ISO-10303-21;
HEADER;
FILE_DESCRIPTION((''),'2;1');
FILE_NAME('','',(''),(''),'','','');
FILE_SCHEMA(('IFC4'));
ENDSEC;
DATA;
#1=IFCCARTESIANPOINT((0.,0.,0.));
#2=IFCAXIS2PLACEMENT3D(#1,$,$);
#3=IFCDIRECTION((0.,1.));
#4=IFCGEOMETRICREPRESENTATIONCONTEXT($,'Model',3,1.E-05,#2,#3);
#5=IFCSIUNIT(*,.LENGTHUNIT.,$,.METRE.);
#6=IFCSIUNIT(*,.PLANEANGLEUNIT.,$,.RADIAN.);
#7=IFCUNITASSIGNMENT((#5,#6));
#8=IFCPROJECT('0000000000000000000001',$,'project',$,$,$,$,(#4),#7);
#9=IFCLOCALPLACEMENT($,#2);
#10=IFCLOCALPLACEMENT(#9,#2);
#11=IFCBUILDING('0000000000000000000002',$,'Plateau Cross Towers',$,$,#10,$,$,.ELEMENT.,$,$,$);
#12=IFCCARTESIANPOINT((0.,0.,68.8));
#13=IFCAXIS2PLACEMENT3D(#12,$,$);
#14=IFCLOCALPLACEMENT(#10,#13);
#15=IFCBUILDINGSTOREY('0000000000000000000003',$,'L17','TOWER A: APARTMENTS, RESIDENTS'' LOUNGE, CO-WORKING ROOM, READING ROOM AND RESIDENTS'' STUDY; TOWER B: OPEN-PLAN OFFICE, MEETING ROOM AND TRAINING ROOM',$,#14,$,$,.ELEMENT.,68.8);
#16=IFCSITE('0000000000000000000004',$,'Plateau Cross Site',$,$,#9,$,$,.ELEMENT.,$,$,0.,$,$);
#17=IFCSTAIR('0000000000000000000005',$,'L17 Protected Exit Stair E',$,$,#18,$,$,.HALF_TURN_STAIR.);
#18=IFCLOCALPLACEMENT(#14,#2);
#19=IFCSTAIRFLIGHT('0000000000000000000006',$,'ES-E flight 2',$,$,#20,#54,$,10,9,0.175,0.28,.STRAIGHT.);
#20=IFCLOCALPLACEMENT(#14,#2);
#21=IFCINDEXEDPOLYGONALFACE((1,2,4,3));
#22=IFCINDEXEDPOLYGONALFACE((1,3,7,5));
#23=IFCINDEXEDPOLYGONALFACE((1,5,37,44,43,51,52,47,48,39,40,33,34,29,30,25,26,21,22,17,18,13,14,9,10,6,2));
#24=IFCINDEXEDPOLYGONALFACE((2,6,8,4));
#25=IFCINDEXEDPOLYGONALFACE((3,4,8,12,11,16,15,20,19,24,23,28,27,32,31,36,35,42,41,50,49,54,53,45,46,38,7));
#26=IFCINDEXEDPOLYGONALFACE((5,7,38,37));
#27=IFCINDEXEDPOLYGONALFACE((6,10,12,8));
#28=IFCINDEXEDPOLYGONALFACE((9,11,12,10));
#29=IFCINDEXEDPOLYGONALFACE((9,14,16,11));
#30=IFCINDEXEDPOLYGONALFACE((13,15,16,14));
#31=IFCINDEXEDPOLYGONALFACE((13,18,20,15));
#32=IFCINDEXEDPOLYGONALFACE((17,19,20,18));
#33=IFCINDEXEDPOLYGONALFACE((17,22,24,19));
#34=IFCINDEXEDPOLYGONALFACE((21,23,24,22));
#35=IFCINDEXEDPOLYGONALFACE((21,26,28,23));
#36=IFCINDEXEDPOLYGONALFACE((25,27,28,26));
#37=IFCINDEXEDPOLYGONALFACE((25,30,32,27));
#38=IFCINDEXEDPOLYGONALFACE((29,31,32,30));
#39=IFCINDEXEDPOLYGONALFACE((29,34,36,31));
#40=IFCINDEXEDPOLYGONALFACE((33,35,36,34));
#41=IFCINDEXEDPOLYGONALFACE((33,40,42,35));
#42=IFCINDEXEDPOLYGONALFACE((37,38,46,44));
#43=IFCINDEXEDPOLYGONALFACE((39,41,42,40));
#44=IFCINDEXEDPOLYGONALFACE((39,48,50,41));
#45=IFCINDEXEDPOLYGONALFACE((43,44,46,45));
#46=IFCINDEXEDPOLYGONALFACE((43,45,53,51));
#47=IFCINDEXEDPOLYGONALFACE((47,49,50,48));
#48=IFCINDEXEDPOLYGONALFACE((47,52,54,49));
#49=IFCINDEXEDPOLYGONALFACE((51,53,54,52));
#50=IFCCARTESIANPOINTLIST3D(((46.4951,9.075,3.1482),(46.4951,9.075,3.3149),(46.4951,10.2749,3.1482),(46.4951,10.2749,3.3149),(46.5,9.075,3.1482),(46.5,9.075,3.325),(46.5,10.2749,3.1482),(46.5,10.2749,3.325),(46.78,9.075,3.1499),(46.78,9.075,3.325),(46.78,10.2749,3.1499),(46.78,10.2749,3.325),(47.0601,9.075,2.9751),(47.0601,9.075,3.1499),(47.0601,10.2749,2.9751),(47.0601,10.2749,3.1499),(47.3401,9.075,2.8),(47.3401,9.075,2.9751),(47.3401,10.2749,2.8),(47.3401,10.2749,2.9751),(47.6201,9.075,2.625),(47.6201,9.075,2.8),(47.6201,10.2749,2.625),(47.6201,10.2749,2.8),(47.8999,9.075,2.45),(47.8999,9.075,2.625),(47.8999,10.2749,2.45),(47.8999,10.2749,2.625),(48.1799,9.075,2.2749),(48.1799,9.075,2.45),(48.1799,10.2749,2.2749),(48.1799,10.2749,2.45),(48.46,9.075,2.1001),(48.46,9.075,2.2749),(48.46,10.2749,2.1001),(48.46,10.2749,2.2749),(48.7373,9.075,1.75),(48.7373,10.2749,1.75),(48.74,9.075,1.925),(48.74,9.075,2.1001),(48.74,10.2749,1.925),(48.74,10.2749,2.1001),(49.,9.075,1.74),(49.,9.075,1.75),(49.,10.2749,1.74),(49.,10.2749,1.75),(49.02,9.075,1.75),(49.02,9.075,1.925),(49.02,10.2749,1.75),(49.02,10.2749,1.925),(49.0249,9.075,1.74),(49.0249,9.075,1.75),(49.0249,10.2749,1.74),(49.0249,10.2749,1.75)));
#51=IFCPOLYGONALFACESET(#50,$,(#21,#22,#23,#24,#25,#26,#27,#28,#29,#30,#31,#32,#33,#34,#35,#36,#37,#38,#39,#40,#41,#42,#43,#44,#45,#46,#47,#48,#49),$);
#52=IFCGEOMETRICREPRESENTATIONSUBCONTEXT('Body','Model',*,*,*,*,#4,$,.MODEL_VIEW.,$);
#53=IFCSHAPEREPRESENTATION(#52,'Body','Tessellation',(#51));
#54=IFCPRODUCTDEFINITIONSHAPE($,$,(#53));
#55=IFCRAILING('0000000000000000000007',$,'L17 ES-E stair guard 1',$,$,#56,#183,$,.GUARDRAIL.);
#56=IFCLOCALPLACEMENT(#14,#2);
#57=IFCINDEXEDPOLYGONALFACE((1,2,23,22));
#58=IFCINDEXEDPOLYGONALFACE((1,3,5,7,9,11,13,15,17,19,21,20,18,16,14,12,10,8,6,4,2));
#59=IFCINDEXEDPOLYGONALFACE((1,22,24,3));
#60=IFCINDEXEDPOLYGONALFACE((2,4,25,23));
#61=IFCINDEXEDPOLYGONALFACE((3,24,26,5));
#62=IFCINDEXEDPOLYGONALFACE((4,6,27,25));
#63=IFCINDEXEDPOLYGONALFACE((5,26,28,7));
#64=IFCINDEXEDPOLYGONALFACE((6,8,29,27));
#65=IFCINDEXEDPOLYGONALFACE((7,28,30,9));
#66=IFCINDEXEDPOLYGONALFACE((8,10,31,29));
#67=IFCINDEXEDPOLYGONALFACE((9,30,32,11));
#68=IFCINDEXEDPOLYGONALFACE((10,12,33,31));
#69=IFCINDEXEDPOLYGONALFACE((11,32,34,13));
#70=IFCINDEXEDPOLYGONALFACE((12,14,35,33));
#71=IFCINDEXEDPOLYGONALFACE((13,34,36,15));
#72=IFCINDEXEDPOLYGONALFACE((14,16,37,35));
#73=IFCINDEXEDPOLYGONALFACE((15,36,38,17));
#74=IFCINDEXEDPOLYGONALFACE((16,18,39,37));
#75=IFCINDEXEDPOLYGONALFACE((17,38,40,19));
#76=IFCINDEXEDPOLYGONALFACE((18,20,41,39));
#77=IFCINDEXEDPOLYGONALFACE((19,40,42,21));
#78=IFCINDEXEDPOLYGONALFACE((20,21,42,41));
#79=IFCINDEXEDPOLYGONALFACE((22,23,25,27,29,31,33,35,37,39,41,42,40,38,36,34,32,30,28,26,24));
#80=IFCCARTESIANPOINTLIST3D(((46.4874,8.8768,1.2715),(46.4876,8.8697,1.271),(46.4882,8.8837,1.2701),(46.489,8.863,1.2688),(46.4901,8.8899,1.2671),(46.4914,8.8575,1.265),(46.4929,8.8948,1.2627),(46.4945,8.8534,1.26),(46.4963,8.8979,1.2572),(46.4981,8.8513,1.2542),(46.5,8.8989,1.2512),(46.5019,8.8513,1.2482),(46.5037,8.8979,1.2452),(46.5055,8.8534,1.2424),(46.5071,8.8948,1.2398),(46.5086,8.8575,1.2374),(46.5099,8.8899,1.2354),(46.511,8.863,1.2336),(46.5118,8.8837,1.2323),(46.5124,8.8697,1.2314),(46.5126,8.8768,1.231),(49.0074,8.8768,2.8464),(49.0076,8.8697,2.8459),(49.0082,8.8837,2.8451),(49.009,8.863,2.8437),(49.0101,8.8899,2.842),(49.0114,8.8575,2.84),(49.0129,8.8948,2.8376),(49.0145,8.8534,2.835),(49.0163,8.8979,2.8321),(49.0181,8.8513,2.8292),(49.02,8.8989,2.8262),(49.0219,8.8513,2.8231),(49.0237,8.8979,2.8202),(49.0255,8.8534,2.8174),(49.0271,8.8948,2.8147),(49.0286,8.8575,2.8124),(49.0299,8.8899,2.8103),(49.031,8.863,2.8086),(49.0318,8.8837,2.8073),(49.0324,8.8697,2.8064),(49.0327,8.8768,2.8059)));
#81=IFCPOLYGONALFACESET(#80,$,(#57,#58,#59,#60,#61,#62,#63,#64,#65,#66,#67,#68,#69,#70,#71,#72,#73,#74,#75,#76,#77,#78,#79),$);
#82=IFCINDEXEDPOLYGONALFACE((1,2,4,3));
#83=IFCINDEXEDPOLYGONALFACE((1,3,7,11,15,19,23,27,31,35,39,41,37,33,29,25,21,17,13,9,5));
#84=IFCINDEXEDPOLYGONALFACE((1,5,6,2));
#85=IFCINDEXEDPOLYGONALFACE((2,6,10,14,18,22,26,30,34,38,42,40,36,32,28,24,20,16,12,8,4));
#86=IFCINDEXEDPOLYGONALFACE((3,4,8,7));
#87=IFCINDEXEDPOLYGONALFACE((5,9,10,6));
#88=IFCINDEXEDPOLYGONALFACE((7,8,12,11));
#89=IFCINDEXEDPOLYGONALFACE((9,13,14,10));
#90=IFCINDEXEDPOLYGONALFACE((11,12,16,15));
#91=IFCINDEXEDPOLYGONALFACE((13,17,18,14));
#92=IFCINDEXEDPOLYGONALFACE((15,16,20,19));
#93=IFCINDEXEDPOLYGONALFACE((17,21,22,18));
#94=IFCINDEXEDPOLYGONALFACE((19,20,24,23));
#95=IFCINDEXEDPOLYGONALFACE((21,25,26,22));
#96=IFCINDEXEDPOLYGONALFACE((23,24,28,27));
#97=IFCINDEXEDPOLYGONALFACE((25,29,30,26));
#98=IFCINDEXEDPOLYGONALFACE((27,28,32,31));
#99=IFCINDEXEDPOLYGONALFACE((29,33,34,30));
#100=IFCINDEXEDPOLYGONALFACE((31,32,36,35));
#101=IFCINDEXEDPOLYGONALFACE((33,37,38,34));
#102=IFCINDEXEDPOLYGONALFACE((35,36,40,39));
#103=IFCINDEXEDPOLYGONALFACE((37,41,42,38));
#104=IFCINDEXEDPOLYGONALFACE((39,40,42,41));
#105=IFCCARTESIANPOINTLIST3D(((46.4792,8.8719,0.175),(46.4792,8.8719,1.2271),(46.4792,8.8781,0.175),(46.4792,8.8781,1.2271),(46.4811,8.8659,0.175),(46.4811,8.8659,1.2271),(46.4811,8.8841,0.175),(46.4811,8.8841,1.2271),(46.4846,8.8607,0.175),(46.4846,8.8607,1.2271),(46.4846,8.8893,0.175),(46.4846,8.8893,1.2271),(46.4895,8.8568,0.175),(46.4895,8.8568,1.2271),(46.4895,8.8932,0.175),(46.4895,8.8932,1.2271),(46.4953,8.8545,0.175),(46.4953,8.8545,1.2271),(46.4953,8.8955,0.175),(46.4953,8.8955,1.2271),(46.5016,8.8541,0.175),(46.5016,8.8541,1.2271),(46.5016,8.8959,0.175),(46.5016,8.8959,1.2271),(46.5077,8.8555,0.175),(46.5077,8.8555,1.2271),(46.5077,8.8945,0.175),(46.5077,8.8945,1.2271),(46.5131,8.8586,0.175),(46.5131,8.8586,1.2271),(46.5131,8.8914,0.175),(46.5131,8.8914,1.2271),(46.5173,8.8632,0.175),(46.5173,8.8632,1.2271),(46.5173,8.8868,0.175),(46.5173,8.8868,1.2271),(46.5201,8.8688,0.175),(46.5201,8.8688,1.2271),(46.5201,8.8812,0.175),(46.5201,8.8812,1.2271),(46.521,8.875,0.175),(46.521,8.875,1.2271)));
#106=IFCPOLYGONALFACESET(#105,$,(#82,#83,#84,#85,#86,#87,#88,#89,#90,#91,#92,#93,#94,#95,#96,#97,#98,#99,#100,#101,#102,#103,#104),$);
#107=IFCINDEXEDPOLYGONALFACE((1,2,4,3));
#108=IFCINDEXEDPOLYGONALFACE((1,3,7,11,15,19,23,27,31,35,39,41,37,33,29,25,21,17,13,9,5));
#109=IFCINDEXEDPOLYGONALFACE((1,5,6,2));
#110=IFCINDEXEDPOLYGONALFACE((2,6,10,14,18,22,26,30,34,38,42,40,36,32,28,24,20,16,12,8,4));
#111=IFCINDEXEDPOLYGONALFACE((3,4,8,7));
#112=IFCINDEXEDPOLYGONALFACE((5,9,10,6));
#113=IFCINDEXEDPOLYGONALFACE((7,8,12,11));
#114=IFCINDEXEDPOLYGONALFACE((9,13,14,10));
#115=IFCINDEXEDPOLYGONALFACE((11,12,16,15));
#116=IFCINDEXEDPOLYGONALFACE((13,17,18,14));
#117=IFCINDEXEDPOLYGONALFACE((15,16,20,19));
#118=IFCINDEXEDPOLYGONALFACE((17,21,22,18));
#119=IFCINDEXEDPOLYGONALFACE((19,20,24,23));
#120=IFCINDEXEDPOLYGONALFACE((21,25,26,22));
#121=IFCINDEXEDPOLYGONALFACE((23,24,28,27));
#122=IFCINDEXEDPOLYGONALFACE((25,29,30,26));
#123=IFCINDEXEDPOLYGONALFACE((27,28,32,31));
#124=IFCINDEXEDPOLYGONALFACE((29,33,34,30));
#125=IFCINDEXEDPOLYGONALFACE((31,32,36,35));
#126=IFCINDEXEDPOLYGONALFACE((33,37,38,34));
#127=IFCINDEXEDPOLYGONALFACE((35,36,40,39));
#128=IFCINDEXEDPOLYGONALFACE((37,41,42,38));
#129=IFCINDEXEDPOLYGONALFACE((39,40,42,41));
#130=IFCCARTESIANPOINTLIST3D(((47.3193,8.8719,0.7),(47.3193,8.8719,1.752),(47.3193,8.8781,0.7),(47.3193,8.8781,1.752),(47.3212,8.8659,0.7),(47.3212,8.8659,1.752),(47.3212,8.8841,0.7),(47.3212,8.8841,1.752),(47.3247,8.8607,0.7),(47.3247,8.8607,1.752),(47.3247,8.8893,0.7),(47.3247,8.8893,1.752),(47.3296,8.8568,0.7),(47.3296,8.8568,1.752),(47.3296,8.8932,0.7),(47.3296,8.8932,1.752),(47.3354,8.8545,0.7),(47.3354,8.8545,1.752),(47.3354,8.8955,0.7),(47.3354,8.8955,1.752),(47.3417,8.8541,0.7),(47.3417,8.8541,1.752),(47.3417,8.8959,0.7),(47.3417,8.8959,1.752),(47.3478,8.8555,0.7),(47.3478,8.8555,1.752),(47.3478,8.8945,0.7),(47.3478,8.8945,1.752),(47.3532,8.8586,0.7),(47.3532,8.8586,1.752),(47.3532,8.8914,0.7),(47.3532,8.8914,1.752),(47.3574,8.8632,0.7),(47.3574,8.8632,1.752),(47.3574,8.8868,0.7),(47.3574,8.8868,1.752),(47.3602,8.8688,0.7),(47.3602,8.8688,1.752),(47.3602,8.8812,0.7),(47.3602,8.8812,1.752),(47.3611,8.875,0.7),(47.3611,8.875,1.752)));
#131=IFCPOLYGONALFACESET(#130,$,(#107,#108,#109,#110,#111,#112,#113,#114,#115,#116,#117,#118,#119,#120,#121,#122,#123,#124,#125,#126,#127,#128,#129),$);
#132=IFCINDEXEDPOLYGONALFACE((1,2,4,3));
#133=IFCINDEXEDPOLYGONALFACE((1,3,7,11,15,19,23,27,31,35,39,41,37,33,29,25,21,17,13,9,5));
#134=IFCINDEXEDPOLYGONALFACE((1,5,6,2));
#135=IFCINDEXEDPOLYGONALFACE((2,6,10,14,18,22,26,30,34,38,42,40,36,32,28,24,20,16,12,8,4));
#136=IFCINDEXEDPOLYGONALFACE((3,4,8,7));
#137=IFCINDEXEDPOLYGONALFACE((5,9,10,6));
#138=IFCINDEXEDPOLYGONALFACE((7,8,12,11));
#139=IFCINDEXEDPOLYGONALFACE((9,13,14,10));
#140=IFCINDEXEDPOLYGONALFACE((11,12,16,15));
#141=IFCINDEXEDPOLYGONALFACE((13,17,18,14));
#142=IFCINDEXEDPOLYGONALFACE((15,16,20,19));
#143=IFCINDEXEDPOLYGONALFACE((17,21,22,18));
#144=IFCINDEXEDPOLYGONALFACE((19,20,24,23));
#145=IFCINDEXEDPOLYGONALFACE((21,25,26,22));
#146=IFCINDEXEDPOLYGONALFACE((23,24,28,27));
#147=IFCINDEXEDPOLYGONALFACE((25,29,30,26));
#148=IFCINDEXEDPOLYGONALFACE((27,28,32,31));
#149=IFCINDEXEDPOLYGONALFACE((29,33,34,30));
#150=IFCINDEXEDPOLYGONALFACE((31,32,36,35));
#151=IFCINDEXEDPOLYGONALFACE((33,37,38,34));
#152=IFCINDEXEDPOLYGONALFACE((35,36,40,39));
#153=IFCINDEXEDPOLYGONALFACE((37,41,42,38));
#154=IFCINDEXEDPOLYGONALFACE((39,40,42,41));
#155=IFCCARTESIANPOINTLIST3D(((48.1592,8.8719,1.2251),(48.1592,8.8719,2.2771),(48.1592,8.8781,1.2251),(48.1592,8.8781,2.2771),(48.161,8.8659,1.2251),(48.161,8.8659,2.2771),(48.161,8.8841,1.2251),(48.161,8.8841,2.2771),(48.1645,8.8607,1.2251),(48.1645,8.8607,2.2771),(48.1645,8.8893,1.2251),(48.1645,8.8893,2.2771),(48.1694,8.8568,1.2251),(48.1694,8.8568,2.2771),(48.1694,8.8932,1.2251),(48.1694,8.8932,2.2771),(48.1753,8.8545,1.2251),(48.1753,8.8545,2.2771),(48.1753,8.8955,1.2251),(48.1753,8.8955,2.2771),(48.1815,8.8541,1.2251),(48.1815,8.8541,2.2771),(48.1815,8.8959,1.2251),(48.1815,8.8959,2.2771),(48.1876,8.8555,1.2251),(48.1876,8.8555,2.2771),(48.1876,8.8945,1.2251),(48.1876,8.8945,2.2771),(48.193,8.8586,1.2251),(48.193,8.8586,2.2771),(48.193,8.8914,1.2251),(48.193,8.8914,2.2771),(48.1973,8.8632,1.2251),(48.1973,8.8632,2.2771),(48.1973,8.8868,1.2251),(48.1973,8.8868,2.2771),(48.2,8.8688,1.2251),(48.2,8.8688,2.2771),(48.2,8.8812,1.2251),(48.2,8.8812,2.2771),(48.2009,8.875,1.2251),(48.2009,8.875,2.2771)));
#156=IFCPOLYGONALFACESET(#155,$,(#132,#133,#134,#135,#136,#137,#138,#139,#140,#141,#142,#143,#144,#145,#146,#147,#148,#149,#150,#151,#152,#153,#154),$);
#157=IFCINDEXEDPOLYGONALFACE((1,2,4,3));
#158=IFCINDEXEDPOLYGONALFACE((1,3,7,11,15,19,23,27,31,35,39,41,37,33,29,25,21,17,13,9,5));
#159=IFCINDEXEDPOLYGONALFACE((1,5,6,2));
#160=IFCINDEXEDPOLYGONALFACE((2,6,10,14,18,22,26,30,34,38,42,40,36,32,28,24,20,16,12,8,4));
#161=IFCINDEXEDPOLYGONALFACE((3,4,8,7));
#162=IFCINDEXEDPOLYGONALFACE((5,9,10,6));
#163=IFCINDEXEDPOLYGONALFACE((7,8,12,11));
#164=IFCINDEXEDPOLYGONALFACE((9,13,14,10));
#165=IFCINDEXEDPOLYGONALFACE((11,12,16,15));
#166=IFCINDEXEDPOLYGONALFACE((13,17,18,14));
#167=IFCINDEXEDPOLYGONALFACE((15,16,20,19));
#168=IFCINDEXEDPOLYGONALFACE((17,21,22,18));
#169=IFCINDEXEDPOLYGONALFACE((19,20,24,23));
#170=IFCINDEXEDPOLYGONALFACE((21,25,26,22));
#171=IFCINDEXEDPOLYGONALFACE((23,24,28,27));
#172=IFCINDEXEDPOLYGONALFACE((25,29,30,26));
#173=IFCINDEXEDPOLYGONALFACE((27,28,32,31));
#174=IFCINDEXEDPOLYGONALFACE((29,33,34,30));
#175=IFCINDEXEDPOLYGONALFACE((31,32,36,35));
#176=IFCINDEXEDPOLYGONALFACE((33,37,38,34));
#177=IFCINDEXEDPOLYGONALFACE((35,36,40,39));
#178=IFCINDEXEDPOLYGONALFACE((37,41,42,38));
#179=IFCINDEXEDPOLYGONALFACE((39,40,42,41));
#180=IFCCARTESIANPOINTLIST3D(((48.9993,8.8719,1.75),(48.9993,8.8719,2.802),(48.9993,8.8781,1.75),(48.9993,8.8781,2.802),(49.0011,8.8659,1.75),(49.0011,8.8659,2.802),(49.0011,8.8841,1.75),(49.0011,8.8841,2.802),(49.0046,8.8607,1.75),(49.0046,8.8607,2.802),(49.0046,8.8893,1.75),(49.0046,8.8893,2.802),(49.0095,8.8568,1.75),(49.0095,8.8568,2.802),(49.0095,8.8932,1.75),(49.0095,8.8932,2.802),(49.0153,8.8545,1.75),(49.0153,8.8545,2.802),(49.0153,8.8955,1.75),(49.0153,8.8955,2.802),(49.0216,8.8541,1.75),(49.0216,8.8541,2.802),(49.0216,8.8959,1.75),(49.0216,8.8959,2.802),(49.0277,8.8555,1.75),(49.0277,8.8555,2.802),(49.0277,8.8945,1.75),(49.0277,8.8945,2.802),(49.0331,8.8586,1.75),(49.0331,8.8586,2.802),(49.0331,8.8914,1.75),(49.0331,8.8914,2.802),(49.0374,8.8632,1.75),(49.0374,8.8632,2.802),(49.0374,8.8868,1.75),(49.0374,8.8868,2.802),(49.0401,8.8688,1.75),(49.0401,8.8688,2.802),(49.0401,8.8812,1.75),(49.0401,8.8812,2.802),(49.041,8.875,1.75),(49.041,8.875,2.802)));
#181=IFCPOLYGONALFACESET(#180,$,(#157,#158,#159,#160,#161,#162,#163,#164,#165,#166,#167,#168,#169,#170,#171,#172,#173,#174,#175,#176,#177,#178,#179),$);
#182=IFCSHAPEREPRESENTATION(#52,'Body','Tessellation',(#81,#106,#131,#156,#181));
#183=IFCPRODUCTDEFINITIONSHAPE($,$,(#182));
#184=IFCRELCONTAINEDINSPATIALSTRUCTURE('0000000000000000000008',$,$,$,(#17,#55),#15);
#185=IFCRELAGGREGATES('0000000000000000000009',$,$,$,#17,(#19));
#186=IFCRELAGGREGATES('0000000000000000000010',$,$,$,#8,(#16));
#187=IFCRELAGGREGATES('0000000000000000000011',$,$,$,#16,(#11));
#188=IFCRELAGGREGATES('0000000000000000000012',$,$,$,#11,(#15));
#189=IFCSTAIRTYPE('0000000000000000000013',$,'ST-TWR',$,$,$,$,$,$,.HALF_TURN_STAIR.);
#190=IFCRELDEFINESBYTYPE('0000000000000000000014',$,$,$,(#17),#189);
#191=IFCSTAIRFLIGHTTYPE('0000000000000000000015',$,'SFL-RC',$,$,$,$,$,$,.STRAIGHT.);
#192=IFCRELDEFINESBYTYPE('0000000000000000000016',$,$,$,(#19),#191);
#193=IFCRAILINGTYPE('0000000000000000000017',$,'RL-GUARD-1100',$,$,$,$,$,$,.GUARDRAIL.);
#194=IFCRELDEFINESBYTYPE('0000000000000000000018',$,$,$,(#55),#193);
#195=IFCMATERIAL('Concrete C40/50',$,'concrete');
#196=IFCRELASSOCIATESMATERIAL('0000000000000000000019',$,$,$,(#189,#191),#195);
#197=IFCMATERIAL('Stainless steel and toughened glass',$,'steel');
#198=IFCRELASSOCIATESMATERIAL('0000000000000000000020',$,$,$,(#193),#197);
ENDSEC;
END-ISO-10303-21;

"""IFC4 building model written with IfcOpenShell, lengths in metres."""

from ifc_helpers import new_model, si_unit, direction, frame, origin, origin_2d, place, context, subcontext, project, spatial, polyline, circle, outline, extrude, material, type_object, element, aggregate, save


model = new_model("IFC4")

# Units and contexts
model_context = context("Model", 3, precision=1e-05, world=origin(), true_north=direction((0.0, 1.0)))
body_context = subcontext(model_context, "Body", "Model", "MODEL_VIEW")
ifc_project = project(units=[si_unit("LENGTHUNIT", "METRE"), si_unit("PLANEANGLEUNIT", "RADIAN")], contexts=[model_context])

# Site, building, storey
site_placement = place(None, origin())
site = spatial("IfcSite", under=ifc_project, at=site_placement, Name="Plateau Cross Site", CompositionType="ELEMENT", RefElevation=0.0)
building_placement = place(site_placement, origin())
building = spatial("IfcBuilding", under=site, at=building_placement, Name="Plateau Cross Towers", CompositionType="ELEMENT")
storey_placement = place(building_placement, frame((0.0, 0.0, 68.8)))
storey = spatial("IfcBuildingStorey", under=building, at=storey_placement, Name="L17", Description="TOWER A: APARTMENTS, RESIDENTS' LOUNGE, CO-WORKING ROOM, READING ROOM AND RESIDENTS' STUDY; TOWER B: OPEN-PLAN OFFICE, MEETING ROOM AND TRAINING ROOM", CompositionType="ELEMENT", Elevation=68.8)

# Stair, stair flight
ifc_material_1 = material(Name="Concrete C40/50", Category="concrete")
stair_type = type_object("IfcStairType", Name="ST-TWR", PredefinedType="HALF_TURN_STAIR", material=ifc_material_1)
stair_placement = place(storey_placement, origin())
stair = element("IfcStair", 1, at=stair_placement, inside=storey, type_object=stair_type, Name="L17 Protected Exit Stair E", PredefinedType="HALF_TURN_STAIR")
stair_flight_type = type_object("IfcStairFlightType", Name="SFL-RC", PredefinedType="STRAIGHT", material=ifc_material_1)
stair_flight_1_placement = place(storey_placement, frame((49.02, 9.675, 1.75), z_axis=(0.0, 0.0, 1.0), x_axis=(-1.0, 0.0, 0.0)))
stair_flight_1 = element("IfcStairFlight", 2, at=stair_flight_1_placement, type_object=stair_flight_type, Name="ES-E flight 2", NumberOfRisers=10, NumberOfTreads=9, PredefinedType="STRAIGHT", RiserHeight=0.175, TreadLength=0.28, context=body_context, shape_type="SweptSolid", body=[
    extrude(outline(polyline([(-0.0049, -0.01), (-0.0049, 0.0), (0.0, 0.0), (0.0, 0.175), (0.28, 0.175), (0.28, 0.3501), (0.5601, 0.3501), (0.5601, 0.5249), (0.8401, 0.5249), (0.8401, 0.7), (1.1201, 0.7), (1.1201, 0.875), (1.3999, 0.875), (1.3999, 1.05), (1.6799, 1.05), (1.6799, 1.2251), (1.96, 1.2251), (1.96, 1.3999), (2.24, 1.3999), (2.24, 1.575), (2.52, 1.575), (2.5249, 1.5649), (2.5249, 1.3982), (2.52, 1.3982), (0.2827, 0.0), (0.02, 0.0), (0.02, -0.01), (-0.0049, -0.01)])), frame((0.0, 0.6001, 0.0), z_axis=(0.0, -1.0, 0.0), x_axis=(1.0, 0.0, 0.0)), (0.0, 0.0, 1.0), 1.2),
])
aggregate(stair, [stair_flight_1])

# Railing
ifc_material_2 = material(Name="Stainless steel and toughened glass", Category="steel")
railing_type_1 = type_object("IfcRailingType", Name="RL-GUARD-1100", PredefinedType="GUARDRAIL", material=ifc_material_2)
railing_1_placement = place(storey_placement, frame((46.5, 8.875, 0.175)))
element("IfcRailing", 3, at=railing_1_placement, inside=storey, type_object=railing_type_1, Name="L17 ES-E stair guard 1", PredefinedType="GUARDRAIL", context=body_context, shape_type="SweptSolid", body=[
    extrude(circle(Radius=0.0239, at=origin_2d()), frame((0.0, 0.0, 1.0762), z_axis=(0.848008, 0.0, 0.529984), x_axis=(0.0, 1.0, 0.0)), (0.0, 0.0, 1.0), 2.9717),
    extrude(circle(Radius=0.021, at=origin_2d()), origin(), (0.0, 0.0, 1.0), 1.052),
    extrude(circle(Radius=0.021, at=origin_2d()), frame((0.8401, 0.0, 0.5249)), (0.0, 0.0, 1.0), 1.052),
    extrude(circle(Radius=0.021, at=origin_2d()), frame((1.6799, 0.0, 1.05)), (0.0, 0.0, 1.0), 1.052),
    extrude(circle(Radius=0.021, at=origin_2d()), frame((2.52, 0.0, 1.575)), (0.0, 0.0, 1.0), 1.052),
])

save(model, "model.ifc")
